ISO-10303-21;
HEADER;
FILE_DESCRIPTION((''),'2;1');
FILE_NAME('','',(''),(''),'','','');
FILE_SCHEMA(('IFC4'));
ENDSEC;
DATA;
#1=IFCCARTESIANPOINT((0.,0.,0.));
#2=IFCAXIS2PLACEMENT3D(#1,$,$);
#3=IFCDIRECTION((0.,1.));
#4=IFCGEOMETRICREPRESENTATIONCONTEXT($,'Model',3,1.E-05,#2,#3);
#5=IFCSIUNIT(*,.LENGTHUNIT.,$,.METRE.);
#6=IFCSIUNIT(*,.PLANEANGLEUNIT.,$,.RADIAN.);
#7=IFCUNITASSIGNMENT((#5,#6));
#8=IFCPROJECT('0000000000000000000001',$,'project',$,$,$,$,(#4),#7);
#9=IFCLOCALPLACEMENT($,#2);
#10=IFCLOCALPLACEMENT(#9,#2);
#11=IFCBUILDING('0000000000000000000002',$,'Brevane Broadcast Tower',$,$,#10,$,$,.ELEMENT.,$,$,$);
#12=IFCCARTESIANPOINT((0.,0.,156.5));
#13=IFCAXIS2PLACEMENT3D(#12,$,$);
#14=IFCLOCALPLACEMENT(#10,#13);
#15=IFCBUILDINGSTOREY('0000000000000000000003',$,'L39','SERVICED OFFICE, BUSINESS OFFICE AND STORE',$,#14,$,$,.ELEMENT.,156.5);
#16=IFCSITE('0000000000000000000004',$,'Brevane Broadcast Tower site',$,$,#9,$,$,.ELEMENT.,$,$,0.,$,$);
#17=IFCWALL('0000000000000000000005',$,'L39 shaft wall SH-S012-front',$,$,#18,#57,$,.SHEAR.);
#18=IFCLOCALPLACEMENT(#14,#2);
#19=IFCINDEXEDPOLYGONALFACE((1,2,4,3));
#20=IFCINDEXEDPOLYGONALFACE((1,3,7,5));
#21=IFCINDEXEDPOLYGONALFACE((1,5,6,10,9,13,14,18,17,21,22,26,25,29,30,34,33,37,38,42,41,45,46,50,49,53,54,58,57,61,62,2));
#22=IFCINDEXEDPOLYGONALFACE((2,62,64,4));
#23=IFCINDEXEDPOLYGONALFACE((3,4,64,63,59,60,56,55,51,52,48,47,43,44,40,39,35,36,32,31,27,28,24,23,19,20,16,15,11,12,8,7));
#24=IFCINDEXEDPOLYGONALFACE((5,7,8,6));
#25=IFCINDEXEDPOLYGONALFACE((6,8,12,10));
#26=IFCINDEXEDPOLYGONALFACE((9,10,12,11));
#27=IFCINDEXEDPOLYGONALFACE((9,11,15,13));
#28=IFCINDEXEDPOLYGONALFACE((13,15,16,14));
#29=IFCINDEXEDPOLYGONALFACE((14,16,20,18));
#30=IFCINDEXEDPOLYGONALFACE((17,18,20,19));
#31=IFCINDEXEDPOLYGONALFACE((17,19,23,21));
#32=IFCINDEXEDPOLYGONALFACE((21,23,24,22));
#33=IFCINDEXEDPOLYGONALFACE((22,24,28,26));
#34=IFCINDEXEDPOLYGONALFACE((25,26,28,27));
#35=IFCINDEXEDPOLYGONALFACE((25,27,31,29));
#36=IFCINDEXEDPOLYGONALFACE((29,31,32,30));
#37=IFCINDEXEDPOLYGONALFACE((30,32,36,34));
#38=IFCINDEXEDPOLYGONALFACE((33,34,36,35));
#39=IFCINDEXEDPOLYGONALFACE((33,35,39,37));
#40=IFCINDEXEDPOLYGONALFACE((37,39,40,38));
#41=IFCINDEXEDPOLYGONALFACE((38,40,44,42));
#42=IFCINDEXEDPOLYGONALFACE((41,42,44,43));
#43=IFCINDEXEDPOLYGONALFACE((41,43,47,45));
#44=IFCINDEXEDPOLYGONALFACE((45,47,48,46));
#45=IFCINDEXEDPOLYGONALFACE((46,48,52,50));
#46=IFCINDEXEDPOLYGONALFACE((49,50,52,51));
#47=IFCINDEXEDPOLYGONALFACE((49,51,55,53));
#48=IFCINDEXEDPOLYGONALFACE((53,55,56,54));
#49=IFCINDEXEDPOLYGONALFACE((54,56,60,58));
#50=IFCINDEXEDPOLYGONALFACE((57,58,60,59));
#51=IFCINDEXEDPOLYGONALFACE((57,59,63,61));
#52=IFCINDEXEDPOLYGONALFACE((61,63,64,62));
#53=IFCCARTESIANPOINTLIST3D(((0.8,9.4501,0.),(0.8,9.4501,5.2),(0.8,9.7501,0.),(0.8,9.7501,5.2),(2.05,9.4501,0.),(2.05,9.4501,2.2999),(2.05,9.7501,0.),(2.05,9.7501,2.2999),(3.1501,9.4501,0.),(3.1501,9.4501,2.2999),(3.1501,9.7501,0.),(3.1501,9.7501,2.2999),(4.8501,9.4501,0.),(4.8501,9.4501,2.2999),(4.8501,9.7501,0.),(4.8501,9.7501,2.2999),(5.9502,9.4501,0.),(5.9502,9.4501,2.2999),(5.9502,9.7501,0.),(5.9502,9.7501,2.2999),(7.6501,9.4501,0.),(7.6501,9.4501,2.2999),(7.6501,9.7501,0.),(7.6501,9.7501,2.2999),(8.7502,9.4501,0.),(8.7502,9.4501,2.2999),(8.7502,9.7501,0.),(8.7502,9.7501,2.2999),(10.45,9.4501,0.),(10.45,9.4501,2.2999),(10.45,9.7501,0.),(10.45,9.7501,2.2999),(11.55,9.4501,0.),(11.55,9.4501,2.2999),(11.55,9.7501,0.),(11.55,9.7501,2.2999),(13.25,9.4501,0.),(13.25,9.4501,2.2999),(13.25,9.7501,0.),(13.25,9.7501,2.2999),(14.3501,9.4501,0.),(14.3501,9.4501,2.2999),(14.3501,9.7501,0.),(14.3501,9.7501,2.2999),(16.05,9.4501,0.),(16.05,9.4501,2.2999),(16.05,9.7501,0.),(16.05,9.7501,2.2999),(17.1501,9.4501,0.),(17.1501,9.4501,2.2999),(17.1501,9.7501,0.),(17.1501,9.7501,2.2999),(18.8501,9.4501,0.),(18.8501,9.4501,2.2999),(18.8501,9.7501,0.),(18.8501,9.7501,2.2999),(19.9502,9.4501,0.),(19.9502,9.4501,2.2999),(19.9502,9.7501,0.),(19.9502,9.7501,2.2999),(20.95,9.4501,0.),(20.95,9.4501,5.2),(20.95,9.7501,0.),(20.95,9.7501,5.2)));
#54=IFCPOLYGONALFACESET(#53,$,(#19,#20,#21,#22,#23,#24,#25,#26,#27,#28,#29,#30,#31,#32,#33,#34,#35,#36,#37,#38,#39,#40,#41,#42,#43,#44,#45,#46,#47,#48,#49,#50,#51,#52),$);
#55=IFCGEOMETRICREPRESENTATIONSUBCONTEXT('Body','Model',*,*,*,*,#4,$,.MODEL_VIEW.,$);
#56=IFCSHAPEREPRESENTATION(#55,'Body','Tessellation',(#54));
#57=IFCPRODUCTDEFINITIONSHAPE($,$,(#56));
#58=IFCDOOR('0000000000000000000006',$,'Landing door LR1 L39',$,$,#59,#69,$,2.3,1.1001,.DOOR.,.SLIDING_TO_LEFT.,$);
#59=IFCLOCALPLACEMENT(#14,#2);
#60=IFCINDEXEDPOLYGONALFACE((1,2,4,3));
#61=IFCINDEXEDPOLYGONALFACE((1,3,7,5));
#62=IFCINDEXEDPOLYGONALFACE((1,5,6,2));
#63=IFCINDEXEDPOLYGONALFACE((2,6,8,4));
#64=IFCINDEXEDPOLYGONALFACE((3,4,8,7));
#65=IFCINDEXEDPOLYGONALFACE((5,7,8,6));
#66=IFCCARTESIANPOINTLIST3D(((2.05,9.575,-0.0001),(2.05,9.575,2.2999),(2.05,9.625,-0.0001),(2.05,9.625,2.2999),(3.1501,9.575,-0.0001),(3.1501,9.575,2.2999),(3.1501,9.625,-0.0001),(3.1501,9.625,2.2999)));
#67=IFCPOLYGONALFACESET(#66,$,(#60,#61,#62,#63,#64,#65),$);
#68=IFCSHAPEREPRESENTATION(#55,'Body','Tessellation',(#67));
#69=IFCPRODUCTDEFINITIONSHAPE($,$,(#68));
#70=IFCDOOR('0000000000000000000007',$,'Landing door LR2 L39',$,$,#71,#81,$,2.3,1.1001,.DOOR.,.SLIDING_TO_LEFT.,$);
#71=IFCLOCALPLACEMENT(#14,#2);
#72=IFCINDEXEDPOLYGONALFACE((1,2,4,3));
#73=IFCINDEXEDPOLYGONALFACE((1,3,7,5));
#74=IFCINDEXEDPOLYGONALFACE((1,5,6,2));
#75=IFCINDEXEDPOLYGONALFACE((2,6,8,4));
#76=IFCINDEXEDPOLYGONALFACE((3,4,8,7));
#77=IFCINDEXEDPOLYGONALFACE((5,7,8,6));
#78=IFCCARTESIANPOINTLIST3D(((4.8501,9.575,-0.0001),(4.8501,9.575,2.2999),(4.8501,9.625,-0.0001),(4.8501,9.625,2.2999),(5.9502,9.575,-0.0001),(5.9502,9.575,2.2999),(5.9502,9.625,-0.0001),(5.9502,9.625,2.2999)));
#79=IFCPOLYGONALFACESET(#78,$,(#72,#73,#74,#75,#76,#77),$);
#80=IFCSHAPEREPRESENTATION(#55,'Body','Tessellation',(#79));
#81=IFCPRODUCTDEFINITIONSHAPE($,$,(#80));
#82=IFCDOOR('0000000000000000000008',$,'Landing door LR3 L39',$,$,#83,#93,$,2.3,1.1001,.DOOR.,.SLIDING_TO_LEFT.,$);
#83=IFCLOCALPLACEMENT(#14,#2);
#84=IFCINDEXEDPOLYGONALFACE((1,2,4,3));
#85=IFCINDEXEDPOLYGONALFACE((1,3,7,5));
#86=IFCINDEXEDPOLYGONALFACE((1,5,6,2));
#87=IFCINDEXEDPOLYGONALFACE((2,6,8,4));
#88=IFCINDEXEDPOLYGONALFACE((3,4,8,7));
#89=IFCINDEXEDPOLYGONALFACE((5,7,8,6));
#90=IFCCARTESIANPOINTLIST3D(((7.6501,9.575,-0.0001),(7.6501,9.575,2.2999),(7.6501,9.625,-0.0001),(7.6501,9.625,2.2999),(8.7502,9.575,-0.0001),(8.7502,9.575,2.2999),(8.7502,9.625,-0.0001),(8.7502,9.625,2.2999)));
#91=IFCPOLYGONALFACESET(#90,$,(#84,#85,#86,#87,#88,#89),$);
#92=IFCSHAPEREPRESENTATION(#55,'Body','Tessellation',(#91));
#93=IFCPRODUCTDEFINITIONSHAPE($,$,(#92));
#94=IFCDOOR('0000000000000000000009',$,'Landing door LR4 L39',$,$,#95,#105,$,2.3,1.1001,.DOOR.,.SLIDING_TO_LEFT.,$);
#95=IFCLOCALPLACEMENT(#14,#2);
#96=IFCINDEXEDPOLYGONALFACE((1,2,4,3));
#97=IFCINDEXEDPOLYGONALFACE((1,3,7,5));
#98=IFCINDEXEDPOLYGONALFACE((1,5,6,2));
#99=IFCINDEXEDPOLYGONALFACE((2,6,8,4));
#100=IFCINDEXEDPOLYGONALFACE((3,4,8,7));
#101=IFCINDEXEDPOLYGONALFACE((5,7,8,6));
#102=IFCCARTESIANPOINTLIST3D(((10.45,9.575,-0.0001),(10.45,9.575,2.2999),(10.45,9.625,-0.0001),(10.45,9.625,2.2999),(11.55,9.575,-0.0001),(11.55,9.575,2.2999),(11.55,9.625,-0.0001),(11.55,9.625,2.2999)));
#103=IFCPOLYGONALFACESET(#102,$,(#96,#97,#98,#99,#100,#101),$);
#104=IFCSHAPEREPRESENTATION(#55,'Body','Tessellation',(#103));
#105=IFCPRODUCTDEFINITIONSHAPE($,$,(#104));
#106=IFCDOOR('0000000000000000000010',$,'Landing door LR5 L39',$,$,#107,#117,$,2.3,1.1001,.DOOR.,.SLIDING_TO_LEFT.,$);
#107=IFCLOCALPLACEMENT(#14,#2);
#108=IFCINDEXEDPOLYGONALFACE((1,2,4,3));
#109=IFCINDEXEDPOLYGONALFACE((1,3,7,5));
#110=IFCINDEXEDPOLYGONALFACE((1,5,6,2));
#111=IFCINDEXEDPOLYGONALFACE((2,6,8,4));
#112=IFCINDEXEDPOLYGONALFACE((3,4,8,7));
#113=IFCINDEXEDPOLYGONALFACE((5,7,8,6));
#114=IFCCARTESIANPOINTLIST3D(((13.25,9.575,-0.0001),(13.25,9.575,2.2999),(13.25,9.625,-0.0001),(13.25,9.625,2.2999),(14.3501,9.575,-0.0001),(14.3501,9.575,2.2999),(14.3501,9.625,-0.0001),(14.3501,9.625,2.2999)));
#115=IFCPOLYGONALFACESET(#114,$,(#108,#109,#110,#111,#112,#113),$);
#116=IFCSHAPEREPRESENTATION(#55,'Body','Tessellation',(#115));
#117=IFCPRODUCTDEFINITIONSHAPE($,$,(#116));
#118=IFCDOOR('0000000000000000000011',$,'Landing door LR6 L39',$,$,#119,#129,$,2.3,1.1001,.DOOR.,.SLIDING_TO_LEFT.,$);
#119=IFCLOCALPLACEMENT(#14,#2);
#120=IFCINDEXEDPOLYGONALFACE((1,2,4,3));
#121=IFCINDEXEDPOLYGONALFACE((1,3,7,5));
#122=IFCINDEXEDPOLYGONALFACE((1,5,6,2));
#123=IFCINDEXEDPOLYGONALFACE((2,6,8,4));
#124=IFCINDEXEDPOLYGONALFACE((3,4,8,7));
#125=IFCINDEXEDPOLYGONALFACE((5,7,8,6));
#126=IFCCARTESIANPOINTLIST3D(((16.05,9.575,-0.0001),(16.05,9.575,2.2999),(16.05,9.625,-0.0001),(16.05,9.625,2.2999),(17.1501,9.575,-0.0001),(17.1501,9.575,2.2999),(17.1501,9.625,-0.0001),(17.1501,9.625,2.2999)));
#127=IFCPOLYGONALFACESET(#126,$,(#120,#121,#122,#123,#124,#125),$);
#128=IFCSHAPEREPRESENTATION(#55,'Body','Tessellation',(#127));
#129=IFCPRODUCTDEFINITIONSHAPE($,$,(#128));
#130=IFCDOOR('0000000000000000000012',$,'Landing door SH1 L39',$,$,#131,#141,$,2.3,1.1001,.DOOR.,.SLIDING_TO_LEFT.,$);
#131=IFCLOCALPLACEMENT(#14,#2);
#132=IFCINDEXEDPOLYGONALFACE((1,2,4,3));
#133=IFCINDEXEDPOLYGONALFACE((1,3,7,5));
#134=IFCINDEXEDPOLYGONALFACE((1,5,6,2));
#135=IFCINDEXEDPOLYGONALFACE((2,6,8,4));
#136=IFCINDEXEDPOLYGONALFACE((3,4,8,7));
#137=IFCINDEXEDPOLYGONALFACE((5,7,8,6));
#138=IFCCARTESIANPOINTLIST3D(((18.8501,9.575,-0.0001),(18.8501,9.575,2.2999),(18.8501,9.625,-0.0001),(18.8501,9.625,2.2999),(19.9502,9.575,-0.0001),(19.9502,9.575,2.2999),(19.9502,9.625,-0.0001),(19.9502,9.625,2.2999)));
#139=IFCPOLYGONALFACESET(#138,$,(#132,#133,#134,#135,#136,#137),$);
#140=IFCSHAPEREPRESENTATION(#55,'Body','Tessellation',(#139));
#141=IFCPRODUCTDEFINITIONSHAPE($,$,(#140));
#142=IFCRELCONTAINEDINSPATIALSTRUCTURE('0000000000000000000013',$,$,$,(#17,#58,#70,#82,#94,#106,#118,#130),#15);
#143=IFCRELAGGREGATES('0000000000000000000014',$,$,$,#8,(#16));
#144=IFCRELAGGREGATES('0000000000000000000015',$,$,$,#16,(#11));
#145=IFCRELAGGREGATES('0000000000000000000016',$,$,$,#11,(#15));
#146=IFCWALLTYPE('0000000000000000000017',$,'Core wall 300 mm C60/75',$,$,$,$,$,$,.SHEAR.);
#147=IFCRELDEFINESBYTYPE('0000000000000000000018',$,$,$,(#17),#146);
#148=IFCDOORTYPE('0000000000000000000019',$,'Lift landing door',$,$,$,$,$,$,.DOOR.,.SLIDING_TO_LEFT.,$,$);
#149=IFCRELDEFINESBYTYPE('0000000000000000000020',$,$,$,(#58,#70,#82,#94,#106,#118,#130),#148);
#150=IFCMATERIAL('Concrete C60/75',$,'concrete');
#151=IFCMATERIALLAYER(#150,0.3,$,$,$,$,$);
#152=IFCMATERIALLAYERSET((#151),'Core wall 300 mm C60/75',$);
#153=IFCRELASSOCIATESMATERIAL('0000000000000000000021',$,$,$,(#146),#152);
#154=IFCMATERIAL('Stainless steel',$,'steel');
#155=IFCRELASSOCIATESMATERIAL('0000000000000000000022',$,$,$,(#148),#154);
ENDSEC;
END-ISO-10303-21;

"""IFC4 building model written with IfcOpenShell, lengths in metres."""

from ifc_helpers import new_model, si_unit, direction, frame, frame_2d, origin, place, context, subcontext, project, spatial, rectangle, extrude, material, layer, layer_set, type_object, element, fill, save


model = new_model("IFC4")

# Units and contexts
model_context = context("Model", 3, precision=1e-05, world=origin(), true_north=direction((0.0, 1.0)))
body_context = subcontext(model_context, "Body", "Model", "MODEL_VIEW")
ifc_project = project(units=[si_unit("LENGTHUNIT", "METRE"), si_unit("PLANEANGLEUNIT", "RADIAN")], contexts=[model_context])

# Site, building, storey
site_placement = place(None, origin())
site = spatial("IfcSite", under=ifc_project, at=site_placement, Name="Brevane Broadcast Tower site", CompositionType="ELEMENT", RefElevation=0.0)
building_placement = place(site_placement, origin())
building = spatial("IfcBuilding", under=site, at=building_placement, Name="Brevane Broadcast Tower", CompositionType="ELEMENT")
storey_placement = place(building_placement, frame((0.0, 0.0, 156.5)))
storey = spatial("IfcBuildingStorey", under=building, at=storey_placement, Name="L39", Description="SERVICED OFFICE, BUSINESS OFFICE AND STORE", CompositionType="ELEMENT", Elevation=156.5)

# Wall, openings, doors
ifc_material_1 = material(Name="Concrete C60/75", Category="concrete")
ifc_layer_1 = layer(ifc_material_1, 0.3)
ifc_layer_set_1 = layer_set([ifc_layer_1], Name="Core wall 300 mm C60/75")
wall_type_1 = type_object("IfcWallType", Name="Core wall 300 mm C60/75", PredefinedType="SHEAR", material=ifc_layer_set_1)
wall_1_placement = place(storey_placement, frame((0.8, 9.6001, 0.0), z_axis=(0.0, 0.0, 1.0), x_axis=(1.0, 0.0, 0.0)))
wall_1 = element("IfcWall", 1, at=wall_1_placement, inside=storey, type_object=wall_type_1, Name="L39 shaft wall SH-S012-front", PredefinedType="SHEAR", context=body_context, shape_type="SweptSolid", body=[
    extrude(rectangle(XDim=20.1499, YDim=0.3, at=frame_2d((10.075, 0.0))), origin(), (0.0, 0.0, 1.0), 5.2),
])
opening_1_placement = place(wall_1_placement, frame((1.25, 0.0, 0.0)))
opening_1 = element("IfcOpeningElement", 2, at=opening_1_placement, cuts=wall_1, PredefinedType="OPENING", context=body_context, shape_type="SweptSolid", body=[
    extrude(rectangle(XDim=1.1001, YDim=2.3, at=frame_2d((0.55, 1.1499))), frame((0.0, 0.1599, 0.0), z_axis=(0.0, -1.0, 0.0), x_axis=(1.0, 0.0, 0.0)), (0.0, 0.0, 1.0), 0.3201),
])
opening_2_placement = place(wall_1_placement, frame((4.05, 0.0, 0.0)))
opening_2 = element("IfcOpeningElement", 3, at=opening_2_placement, cuts=wall_1, PredefinedType="OPENING", context=body_context, shape_type="SweptSolid", body=[
    extrude(rectangle(XDim=1.1001, YDim=2.3, at=frame_2d((0.55, 1.1499))), frame((0.0, 0.1599, 0.0), z_axis=(0.0, -1.0, 0.0), x_axis=(1.0, 0.0, 0.0)), (0.0, 0.0, 1.0), 0.3201),
])
opening_3_placement = place(wall_1_placement, frame((6.8501, 0.0, 0.0)))
opening_3 = element("IfcOpeningElement", 4, at=opening_3_placement, cuts=wall_1, PredefinedType="OPENING", context=body_context, shape_type="SweptSolid", body=[
    extrude(rectangle(XDim=1.1001, YDim=2.3, at=frame_2d((0.55, 1.1499))), frame((0.0, 0.1599, 0.0), z_axis=(0.0, -1.0, 0.0), x_axis=(1.0, 0.0, 0.0)), (0.0, 0.0, 1.0), 0.3201),
])
opening_4_placement = place(wall_1_placement, frame((9.6499, 0.0, 0.0)))
opening_4 = element("IfcOpeningElement", 5, at=opening_4_placement, cuts=wall_1, PredefinedType="OPENING", context=body_context, shape_type="SweptSolid", body=[
    extrude(rectangle(XDim=1.1001, YDim=2.3, at=frame_2d((0.55, 1.1499))), frame((0.0, 0.1599, 0.0), z_axis=(0.0, -1.0, 0.0), x_axis=(1.0, 0.0, 0.0)), (0.0, 0.0, 1.0), 0.3201),
])
opening_5_placement = place(wall_1_placement, frame((12.45, 0.0, 0.0)))
opening_5 = element("IfcOpeningElement", 6, at=opening_5_placement, cuts=wall_1, PredefinedType="OPENING", context=body_context, shape_type="SweptSolid", body=[
    extrude(rectangle(XDim=1.1001, YDim=2.3, at=frame_2d((0.55, 1.1499))), frame((0.0, 0.1599, 0.0), z_axis=(0.0, -1.0, 0.0), x_axis=(1.0, 0.0, 0.0)), (0.0, 0.0, 1.0), 0.3201),
])
opening_6_placement = place(wall_1_placement, frame((15.25, 0.0, 0.0)))
opening_6 = element("IfcOpeningElement", 7, at=opening_6_placement, cuts=wall_1, PredefinedType="OPENING", context=body_context, shape_type="SweptSolid", body=[
    extrude(rectangle(XDim=1.1001, YDim=2.3, at=frame_2d((0.55, 1.1499))), frame((0.0, 0.1599, 0.0), z_axis=(0.0, -1.0, 0.0), x_axis=(1.0, 0.0, 0.0)), (0.0, 0.0, 1.0), 0.3201),
])
opening_7_placement = place(wall_1_placement, frame((18.05, 0.0, 0.0)))
opening_7 = element("IfcOpeningElement", 8, at=opening_7_placement, cuts=wall_1, PredefinedType="OPENING", context=body_context, shape_type="SweptSolid", body=[
    extrude(rectangle(XDim=1.1001, YDim=2.3, at=frame_2d((0.55, 1.1499))), frame((0.0, 0.1599, 0.0), z_axis=(0.0, -1.0, 0.0), x_axis=(1.0, 0.0, 0.0)), (0.0, 0.0, 1.0), 0.3201),
])
ifc_material_2 = material(Name="Stainless steel", Category="steel")
door_type = type_object("IfcDoorType", Name="Lift landing door", OperationType="SLIDING_TO_LEFT", PredefinedType="DOOR", material=ifc_material_2)
door_1_placement = place(opening_1_placement, origin())
door_1 = element("IfcDoor", 9, at=door_1_placement, inside=storey, type_object=door_type, Name="Landing door LR1 L39", OperationType="SLIDING_TO_LEFT", OverallHeight=2.3, OverallWidth=1.1001, PredefinedType="DOOR", context=body_context, shape_type="SweptSolid", body=[
    extrude(rectangle(XDim=1.1001, YDim=2.3, at=frame_2d((0.55, 1.1499))), frame((0.0, 0.0249, 0.0), z_axis=(0.0, -1.0, 0.0), x_axis=(1.0, 0.0, 0.0)), (0.0, 0.0, 1.0), 0.05),
])
fill(opening_1, door_1)
door_2_placement = place(opening_2_placement, origin())
door_2 = element("IfcDoor", 10, at=door_2_placement, inside=storey, type_object=door_type, Name="Landing door LR2 L39", OperationType="SLIDING_TO_LEFT", OverallHeight=2.3, OverallWidth=1.1001, PredefinedType="DOOR", context=body_context, shape_type="SweptSolid", body=[
    extrude(rectangle(XDim=1.1001, YDim=2.3, at=frame_2d((0.55, 1.1499))), frame((0.0, 0.0249, 0.0), z_axis=(0.0, -1.0, 0.0), x_axis=(1.0, 0.0, 0.0)), (0.0, 0.0, 1.0), 0.05),
])
fill(opening_2, door_2)
door_3_placement = place(opening_3_placement, origin())
door_3 = element("IfcDoor", 11, at=door_3_placement, inside=storey, type_object=door_type, Name="Landing door LR3 L39", OperationType="SLIDING_TO_LEFT", OverallHeight=2.3, OverallWidth=1.1001, PredefinedType="DOOR", context=body_context, shape_type="SweptSolid", body=[
    extrude(rectangle(XDim=1.1001, YDim=2.3, at=frame_2d((0.55, 1.1499))), frame((0.0, 0.0249, 0.0), z_axis=(0.0, -1.0, 0.0), x_axis=(1.0, 0.0, 0.0)), (0.0, 0.0, 1.0), 0.05),
])
fill(opening_3, door_3)
door_4_placement = place(opening_4_placement, origin())
door_4 = element("IfcDoor", 12, at=door_4_placement, inside=storey, type_object=door_type, Name="Landing door LR4 L39", OperationType="SLIDING_TO_LEFT", OverallHeight=2.3, OverallWidth=1.1001, PredefinedType="DOOR", context=body_context, shape_type="SweptSolid", body=[
    extrude(rectangle(XDim=1.1001, YDim=2.3, at=frame_2d((0.55, 1.1499))), frame((0.0, 0.0249, 0.0), z_axis=(0.0, -1.0, 0.0), x_axis=(1.0, 0.0, 0.0)), (0.0, 0.0, 1.0), 0.05),
])
fill(opening_4, door_4)
door_5_placement = place(opening_5_placement, origin())
door_5 = element("IfcDoor", 13, at=door_5_placement, inside=storey, type_object=door_type, Name="Landing door LR5 L39", OperationType="SLIDING_TO_LEFT", OverallHeight=2.3, OverallWidth=1.1001, PredefinedType="DOOR", context=body_context, shape_type="SweptSolid", body=[
    extrude(rectangle(XDim=1.1001, YDim=2.3, at=frame_2d((0.55, 1.1499))), frame((0.0, 0.0249, 0.0), z_axis=(0.0, -1.0, 0.0), x_axis=(1.0, 0.0, 0.0)), (0.0, 0.0, 1.0), 0.05),
])
fill(opening_5, door_5)
door_6_placement = place(opening_6_placement, origin())
door_6 = element("IfcDoor", 14, at=door_6_placement, inside=storey, type_object=door_type, Name="Landing door LR6 L39", OperationType="SLIDING_TO_LEFT", OverallHeight=2.3, OverallWidth=1.1001, PredefinedType="DOOR", context=body_context, shape_type="SweptSolid", body=[
    extrude(rectangle(XDim=1.1001, YDim=2.3, at=frame_2d((0.55, 1.1499))), frame((0.0, 0.0249, 0.0), z_axis=(0.0, -1.0, 0.0), x_axis=(1.0, 0.0, 0.0)), (0.0, 0.0, 1.0), 0.05),
])
fill(opening_6, door_6)
door_7_placement = place(opening_7_placement, origin())
door_7 = element("IfcDoor", 15, at=door_7_placement, inside=storey, type_object=door_type, Name="Landing door SH1 L39", OperationType="SLIDING_TO_LEFT", OverallHeight=2.3, OverallWidth=1.1001, PredefinedType="DOOR", context=body_context, shape_type="SweptSolid", body=[
    extrude(rectangle(XDim=1.1001, YDim=2.3, at=frame_2d((0.55, 1.1499))), frame((0.0, 0.0249, 0.0), z_axis=(0.0, -1.0, 0.0), x_axis=(1.0, 0.0, 0.0)), (0.0, 0.0, 1.0), 0.05),
])
fill(opening_7, door_7)

save(model, "model.ifc")
